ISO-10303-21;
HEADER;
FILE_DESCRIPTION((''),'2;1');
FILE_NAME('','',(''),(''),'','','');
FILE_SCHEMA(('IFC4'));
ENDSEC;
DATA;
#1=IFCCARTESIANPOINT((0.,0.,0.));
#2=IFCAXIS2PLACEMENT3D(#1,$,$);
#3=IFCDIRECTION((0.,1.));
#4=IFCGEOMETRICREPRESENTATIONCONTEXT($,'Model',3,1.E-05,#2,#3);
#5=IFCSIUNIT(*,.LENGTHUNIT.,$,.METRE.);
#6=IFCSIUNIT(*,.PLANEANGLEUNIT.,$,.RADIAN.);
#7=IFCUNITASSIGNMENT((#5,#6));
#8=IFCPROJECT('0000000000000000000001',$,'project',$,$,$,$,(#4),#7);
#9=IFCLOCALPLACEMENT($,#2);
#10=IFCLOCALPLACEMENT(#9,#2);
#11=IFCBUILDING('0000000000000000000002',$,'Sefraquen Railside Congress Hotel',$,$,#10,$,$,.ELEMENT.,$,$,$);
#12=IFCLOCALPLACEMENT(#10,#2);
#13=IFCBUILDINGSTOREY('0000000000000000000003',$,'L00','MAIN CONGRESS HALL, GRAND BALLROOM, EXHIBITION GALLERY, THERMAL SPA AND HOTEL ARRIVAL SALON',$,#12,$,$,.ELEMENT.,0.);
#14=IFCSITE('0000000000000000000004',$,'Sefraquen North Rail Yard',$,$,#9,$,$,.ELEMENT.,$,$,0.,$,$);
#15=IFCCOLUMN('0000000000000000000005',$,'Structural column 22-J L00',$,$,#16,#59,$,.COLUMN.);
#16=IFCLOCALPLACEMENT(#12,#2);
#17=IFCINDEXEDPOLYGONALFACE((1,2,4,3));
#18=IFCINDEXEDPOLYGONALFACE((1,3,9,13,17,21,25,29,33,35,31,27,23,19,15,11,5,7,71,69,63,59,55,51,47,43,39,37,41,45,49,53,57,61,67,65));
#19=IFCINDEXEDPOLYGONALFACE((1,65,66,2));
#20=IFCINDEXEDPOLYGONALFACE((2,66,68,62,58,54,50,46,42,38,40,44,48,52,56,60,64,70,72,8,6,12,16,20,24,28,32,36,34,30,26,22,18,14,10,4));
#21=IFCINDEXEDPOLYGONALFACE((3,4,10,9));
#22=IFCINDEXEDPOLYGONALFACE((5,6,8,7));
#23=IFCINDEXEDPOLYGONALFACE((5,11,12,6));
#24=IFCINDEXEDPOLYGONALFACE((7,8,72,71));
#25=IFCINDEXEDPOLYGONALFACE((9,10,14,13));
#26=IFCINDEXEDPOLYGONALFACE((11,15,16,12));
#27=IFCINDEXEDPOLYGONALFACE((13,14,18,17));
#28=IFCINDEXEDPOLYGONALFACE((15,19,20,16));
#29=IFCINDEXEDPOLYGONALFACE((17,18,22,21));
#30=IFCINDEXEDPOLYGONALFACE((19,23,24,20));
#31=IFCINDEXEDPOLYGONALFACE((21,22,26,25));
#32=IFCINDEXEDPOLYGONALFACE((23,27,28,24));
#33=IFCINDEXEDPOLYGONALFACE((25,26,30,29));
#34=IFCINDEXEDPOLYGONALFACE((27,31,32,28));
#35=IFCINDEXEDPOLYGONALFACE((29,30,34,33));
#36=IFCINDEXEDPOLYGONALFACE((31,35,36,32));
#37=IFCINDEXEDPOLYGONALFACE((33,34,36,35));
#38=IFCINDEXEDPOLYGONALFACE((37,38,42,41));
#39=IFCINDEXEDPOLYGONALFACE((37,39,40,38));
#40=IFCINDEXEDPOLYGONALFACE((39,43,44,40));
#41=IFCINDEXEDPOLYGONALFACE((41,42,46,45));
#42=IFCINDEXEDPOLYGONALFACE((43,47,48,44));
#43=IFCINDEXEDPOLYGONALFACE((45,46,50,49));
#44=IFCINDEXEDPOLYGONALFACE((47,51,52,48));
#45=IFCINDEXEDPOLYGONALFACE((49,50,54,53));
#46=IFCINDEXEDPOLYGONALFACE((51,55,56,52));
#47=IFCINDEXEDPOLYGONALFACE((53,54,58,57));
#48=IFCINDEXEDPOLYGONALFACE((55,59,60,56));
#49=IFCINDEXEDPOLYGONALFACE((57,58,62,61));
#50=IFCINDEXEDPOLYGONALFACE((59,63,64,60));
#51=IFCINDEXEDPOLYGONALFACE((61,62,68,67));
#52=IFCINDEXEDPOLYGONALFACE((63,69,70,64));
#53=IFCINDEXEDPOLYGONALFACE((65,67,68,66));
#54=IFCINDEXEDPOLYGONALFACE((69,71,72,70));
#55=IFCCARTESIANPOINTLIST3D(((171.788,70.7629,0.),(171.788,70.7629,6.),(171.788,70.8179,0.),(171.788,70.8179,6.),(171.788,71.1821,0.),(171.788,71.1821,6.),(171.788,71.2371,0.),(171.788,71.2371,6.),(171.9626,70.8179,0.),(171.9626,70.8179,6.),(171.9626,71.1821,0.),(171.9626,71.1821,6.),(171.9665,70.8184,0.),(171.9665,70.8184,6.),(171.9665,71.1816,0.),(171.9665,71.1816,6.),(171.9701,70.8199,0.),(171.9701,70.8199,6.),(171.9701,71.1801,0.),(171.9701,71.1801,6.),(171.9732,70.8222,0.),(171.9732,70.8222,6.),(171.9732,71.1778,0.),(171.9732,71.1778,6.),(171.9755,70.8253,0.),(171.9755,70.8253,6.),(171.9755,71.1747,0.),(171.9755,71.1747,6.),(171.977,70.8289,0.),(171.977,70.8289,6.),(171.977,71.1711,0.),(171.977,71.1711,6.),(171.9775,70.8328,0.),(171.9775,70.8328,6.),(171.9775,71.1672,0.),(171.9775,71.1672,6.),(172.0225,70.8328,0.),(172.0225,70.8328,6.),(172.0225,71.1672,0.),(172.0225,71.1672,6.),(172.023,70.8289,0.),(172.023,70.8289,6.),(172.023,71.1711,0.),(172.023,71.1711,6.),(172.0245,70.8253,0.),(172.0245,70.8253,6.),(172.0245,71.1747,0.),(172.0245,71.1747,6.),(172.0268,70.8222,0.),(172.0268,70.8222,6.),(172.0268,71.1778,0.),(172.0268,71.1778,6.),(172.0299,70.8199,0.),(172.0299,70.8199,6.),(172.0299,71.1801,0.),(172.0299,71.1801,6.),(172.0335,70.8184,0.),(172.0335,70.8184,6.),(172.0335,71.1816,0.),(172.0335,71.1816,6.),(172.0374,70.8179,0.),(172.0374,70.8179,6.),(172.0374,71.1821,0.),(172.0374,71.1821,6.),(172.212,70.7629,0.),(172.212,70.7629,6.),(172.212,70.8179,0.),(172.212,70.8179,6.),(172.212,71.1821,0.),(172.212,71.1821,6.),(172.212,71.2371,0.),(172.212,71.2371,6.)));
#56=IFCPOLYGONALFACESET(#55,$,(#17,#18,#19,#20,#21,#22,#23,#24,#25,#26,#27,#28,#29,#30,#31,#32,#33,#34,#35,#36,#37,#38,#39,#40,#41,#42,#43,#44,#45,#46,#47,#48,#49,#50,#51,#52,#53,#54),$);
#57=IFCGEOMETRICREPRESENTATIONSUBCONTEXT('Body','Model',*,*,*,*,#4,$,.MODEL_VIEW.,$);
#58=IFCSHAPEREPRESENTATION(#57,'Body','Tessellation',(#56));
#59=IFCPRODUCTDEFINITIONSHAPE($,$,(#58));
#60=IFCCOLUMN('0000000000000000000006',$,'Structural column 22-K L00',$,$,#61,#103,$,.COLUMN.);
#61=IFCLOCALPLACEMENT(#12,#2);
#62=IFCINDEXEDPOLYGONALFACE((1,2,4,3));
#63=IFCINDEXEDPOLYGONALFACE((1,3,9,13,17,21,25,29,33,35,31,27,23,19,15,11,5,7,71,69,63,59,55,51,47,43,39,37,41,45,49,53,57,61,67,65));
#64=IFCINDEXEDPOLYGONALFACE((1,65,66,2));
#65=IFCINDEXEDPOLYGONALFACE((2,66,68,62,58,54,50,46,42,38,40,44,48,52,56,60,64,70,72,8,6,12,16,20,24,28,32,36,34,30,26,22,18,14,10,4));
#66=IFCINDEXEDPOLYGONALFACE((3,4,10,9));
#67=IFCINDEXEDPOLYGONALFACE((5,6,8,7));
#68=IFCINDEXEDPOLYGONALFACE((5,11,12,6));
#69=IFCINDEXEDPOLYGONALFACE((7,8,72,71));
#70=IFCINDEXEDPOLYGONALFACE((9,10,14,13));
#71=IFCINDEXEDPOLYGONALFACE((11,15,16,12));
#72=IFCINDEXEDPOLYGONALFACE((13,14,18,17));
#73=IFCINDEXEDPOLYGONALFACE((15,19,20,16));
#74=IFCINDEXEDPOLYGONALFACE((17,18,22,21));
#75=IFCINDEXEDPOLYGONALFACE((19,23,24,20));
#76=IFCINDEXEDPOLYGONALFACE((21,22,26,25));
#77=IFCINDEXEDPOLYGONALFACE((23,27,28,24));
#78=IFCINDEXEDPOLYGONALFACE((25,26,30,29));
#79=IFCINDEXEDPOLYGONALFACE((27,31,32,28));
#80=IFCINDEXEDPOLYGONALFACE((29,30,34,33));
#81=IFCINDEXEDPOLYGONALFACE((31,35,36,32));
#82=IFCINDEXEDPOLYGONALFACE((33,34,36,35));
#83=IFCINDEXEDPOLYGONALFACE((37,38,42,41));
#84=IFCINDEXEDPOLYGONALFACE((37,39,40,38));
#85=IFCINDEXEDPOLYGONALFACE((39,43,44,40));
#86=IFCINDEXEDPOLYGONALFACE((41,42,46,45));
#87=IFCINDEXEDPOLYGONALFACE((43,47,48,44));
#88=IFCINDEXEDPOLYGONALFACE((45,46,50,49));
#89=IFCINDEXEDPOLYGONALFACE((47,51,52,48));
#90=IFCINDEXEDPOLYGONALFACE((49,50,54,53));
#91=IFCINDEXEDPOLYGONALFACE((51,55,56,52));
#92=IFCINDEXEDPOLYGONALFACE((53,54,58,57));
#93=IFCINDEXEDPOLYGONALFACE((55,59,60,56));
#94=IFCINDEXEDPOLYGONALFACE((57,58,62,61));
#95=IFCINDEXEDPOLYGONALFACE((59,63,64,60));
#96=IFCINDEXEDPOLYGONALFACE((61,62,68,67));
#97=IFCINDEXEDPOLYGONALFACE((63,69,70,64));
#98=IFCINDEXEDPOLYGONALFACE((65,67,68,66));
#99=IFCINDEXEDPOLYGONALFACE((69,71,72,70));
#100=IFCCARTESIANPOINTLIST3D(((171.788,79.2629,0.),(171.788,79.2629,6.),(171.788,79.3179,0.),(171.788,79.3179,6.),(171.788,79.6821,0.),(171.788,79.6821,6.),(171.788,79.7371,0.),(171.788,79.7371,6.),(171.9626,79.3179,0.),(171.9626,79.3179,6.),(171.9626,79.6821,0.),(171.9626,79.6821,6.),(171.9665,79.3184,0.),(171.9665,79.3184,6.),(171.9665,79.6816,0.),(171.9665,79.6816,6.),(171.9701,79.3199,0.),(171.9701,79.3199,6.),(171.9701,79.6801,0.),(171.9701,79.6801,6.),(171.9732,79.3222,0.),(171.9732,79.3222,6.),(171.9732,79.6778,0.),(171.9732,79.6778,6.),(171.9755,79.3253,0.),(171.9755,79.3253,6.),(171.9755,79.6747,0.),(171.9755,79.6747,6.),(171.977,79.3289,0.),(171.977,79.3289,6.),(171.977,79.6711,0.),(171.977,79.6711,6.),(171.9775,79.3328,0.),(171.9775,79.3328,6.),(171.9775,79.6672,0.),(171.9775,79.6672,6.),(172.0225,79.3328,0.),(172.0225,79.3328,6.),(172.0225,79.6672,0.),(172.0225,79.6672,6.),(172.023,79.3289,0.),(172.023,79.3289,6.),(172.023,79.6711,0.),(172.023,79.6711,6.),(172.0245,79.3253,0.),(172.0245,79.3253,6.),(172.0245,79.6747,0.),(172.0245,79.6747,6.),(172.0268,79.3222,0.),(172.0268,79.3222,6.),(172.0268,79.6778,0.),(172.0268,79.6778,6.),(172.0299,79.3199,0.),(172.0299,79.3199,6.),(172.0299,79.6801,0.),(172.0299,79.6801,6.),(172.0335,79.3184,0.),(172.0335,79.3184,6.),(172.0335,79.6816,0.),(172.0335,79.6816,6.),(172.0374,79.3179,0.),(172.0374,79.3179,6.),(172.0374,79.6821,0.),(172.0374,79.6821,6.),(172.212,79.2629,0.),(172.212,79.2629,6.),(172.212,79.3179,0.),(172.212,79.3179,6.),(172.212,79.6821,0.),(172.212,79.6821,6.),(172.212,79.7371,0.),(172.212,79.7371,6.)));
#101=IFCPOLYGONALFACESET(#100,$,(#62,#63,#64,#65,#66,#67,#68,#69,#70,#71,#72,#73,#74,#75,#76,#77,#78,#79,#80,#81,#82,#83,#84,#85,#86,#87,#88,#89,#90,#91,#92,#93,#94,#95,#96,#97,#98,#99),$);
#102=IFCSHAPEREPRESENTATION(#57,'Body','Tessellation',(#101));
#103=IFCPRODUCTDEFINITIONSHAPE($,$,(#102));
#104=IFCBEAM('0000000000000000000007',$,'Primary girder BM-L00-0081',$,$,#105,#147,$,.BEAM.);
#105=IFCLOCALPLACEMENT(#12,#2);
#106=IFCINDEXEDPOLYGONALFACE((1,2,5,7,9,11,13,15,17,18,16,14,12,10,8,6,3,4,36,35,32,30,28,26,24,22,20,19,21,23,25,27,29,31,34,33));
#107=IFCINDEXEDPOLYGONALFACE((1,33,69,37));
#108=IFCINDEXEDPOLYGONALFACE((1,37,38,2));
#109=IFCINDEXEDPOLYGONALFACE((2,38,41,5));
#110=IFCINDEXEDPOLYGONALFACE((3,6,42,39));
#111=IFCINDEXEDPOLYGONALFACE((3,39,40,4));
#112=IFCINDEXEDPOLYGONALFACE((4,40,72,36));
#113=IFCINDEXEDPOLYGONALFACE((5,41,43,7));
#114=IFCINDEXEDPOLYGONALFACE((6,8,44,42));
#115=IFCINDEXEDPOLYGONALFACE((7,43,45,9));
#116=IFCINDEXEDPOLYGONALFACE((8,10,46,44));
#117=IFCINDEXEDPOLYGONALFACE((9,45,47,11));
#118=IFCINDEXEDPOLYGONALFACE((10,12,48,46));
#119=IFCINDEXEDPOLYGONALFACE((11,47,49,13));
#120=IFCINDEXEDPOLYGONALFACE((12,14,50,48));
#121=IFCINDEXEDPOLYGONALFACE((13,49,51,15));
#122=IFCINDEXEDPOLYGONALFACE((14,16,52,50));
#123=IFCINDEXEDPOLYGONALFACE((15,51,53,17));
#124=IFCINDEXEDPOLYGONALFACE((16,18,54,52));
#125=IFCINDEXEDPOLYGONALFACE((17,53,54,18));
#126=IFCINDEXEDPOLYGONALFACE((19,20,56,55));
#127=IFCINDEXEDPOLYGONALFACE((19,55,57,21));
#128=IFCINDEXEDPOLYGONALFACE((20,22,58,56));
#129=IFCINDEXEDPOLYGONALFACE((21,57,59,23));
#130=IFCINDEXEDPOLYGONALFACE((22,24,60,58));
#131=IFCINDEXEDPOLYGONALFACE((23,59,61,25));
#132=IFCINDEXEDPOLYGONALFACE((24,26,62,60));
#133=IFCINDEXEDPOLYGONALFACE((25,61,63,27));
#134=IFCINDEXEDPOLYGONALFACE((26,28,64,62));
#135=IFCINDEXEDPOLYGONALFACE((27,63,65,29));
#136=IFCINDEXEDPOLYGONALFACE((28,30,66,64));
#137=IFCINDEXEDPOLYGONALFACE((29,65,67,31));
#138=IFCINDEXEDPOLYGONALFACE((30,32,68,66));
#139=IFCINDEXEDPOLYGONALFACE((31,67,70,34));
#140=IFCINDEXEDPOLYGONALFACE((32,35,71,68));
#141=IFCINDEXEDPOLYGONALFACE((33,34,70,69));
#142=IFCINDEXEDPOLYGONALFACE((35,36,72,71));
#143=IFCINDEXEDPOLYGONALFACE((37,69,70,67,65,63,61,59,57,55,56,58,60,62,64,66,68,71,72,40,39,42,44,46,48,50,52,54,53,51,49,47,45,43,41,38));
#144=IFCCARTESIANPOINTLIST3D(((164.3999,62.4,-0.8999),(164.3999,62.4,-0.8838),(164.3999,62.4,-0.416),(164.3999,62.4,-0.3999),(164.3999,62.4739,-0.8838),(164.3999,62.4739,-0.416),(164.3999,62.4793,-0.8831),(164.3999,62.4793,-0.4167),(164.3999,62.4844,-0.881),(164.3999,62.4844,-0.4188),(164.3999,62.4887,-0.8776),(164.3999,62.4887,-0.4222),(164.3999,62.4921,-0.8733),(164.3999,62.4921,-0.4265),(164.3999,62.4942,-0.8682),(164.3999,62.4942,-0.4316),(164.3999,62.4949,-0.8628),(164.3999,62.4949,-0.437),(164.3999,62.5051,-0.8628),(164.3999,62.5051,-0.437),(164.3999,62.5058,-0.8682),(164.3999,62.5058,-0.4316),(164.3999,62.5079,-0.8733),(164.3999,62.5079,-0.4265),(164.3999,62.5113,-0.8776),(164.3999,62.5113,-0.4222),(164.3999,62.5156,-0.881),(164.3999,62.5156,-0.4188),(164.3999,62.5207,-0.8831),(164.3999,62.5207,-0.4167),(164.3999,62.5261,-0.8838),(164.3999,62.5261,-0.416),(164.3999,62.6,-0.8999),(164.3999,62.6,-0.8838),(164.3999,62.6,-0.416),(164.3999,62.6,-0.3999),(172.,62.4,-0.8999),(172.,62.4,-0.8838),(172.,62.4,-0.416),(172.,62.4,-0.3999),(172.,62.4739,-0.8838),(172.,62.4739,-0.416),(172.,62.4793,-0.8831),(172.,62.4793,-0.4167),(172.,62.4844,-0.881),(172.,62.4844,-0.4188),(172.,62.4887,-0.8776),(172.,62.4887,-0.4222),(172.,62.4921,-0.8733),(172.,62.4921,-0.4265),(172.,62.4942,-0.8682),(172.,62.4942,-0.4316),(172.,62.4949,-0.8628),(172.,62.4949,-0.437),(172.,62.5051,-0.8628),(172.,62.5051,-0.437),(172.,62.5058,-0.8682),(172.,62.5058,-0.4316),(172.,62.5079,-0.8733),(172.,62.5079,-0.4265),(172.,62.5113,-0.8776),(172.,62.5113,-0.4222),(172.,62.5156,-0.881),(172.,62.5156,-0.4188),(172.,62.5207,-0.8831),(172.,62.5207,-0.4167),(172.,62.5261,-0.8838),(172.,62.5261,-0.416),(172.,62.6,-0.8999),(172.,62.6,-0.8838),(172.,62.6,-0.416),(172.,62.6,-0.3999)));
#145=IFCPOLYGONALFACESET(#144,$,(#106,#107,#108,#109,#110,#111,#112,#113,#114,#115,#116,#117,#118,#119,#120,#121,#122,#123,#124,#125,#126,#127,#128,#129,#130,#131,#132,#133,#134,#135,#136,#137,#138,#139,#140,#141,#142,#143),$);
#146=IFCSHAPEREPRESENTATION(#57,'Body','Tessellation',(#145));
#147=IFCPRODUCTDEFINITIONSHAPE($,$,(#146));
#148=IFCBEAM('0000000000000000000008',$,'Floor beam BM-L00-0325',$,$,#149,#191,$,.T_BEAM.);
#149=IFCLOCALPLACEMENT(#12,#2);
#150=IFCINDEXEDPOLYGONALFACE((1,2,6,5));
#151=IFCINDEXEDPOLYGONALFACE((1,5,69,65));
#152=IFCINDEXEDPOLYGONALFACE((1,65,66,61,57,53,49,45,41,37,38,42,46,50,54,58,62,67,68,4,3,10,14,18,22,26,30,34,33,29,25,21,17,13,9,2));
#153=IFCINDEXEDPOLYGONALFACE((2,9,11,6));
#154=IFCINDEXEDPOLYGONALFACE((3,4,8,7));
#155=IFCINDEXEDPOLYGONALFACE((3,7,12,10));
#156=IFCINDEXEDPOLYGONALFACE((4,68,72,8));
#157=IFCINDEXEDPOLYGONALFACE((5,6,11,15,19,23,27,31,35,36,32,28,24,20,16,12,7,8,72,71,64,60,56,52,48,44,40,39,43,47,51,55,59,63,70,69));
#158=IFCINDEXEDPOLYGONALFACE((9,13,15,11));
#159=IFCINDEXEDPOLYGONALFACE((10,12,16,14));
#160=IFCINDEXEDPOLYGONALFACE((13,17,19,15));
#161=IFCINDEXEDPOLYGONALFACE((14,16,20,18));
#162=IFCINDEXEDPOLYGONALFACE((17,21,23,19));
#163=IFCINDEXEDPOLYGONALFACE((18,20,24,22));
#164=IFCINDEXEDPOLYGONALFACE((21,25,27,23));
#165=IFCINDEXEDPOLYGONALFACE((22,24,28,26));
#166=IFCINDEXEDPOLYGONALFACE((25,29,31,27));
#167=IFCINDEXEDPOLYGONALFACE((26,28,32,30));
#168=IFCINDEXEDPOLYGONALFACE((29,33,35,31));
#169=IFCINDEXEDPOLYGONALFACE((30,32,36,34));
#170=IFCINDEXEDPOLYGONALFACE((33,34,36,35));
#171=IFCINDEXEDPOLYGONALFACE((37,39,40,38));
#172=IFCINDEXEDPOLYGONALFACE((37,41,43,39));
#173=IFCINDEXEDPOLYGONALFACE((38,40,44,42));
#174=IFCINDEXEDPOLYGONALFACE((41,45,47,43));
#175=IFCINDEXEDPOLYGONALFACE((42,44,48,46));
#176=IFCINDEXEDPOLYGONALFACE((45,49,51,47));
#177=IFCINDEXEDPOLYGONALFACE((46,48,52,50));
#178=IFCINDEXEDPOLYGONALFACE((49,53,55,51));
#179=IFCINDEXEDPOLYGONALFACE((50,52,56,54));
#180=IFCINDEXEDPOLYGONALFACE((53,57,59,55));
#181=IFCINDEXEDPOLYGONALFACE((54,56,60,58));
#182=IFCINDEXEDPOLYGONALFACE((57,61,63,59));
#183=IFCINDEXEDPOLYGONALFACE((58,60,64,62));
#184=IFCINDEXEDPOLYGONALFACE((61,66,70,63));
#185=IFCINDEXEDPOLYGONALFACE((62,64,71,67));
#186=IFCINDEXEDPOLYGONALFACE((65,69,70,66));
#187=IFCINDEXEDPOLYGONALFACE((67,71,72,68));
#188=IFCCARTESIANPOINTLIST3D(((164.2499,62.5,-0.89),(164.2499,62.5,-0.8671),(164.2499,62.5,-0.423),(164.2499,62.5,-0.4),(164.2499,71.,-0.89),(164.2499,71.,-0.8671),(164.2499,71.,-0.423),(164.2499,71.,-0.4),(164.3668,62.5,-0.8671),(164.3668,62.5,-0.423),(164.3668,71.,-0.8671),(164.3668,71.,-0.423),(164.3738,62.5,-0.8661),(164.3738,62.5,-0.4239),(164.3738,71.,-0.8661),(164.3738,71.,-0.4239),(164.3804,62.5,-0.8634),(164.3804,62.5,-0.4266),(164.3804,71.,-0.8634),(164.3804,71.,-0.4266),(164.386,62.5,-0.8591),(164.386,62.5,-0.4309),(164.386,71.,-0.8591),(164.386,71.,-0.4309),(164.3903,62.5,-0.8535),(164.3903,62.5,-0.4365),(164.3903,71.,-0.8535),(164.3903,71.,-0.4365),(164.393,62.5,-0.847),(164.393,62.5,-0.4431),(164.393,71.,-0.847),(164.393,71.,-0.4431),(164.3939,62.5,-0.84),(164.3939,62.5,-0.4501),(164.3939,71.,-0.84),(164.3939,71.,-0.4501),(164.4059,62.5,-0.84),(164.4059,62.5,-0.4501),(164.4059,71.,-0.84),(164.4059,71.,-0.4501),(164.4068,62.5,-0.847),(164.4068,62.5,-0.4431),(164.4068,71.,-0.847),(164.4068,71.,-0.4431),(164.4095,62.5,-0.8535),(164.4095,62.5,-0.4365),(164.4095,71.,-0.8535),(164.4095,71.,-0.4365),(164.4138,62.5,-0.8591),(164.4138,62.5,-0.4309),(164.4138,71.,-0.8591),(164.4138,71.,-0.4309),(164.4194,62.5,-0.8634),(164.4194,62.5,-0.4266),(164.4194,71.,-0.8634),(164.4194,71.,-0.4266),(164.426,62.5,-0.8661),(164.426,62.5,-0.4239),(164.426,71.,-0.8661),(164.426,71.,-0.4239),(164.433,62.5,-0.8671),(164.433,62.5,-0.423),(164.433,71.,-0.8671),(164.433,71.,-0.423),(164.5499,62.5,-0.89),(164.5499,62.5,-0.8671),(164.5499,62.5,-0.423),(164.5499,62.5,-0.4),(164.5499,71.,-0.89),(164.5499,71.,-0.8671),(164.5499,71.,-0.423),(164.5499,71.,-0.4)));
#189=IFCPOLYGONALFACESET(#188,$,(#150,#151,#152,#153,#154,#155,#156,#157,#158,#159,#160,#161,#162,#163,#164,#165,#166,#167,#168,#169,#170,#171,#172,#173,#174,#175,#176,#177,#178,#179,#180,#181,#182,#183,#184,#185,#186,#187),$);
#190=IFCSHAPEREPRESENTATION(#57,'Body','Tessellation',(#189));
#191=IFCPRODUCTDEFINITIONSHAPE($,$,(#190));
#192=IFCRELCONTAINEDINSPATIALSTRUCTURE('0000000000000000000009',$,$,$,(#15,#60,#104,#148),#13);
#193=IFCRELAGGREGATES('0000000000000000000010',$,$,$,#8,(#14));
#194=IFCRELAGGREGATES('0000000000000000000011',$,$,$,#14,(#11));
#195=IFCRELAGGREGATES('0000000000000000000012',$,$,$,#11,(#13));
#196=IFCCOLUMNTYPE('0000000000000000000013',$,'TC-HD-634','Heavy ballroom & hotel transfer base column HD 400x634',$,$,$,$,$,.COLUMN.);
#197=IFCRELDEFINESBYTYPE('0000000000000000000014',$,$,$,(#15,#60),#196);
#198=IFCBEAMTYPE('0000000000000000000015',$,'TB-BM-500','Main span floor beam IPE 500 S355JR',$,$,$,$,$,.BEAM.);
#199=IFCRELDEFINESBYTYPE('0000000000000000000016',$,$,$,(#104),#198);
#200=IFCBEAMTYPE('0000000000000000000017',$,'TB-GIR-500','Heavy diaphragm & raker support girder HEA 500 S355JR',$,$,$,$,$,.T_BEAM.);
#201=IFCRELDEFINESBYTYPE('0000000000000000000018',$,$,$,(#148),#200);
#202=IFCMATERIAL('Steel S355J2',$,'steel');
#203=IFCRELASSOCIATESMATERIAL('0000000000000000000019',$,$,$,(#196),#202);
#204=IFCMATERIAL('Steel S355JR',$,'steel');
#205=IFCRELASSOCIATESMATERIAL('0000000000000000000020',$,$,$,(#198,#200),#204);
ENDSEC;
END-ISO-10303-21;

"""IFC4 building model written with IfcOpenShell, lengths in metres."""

from ifc_helpers import new_model, si_unit, direction, frame, origin, origin_2d, place, context, subcontext, project, spatial, i_section, extrude, material, material_profile, profile_set, type_object, element, save


model = new_model("IFC4")

# Units and contexts
model_context = context("Model", 3, precision=1e-05, world=origin(), true_north=direction((0.0, 1.0)))
body_context = subcontext(model_context, "Body", "Model", "MODEL_VIEW")
ifc_project = project(units=[si_unit("LENGTHUNIT", "METRE"), si_unit("PLANEANGLEUNIT", "RADIAN")], contexts=[model_context])

# Site, building, storey
site_placement = place(None, origin())
site = spatial("IfcSite", under=ifc_project, at=site_placement, Name="Sefraquen North Rail Yard", CompositionType="ELEMENT", RefElevation=0.0)
building_placement = place(site_placement, origin())
building = spatial("IfcBuilding", under=site, at=building_placement, Name="Sefraquen Railside Congress Hotel", CompositionType="ELEMENT")
storey_placement = place(building_placement, origin())
storey = spatial("IfcBuildingStorey", under=building, at=storey_placement, Name="L00", Description="MAIN CONGRESS HALL, GRAND BALLROOM, EXHIBITION GALLERY, THERMAL SPA AND HOTEL ARRIVAL SALON", CompositionType="ELEMENT", Elevation=0.0)

# Columns
ifc_material_1 = material(Name="Steel S355J2", Category="steel")
ifc_material_profile_1 = material_profile(ifc_material_1, i_section(OverallWidth=0.4241, OverallDepth=0.4741, WebThickness=0.0449, FlangeThickness=0.0549, FilletRadius=0.0149, at=origin_2d()), Name="HD 400x634")
ifc_profile_set_1 = profile_set([ifc_material_profile_1], Name="Steel S355J2")
column_type = type_object("IfcColumnType", Name="TC-HD-634", Description="Heavy ballroom & hotel transfer base column HD 400x634", PredefinedType="COLUMN", material=ifc_profile_set_1)
for number, where, z_axis, x_axis, name in (
    (1, (172.0, 71.0, 0.0), (0.0, 0.0, 1.0), (1.0, 0.0, 0.0), "Structural column 22-J L00"),
    (2, (172.0, 79.5, 0.0), (0.0, 0.0, 1.0), (1.0, 0.0, 0.0), "Structural column 22-K L00"),
):
    element("IfcColumn", number, at=place(storey_placement, frame(where, z_axis=z_axis, x_axis=x_axis)), inside=storey, type_object=column_type, Name=name, PredefinedType="COLUMN", context=body_context, shape_type="SweptSolid", body=[
        extrude(i_section(OverallWidth=0.4241, OverallDepth=0.4741, WebThickness=0.0449, FlangeThickness=0.0549, FilletRadius=0.0149, at=origin_2d()), origin(), (0.0, 0.0, 1.0), 6.0),
    ])

# Beams
ifc_material_2 = material(Name="Steel S355JR", Category="steel")
ifc_material_profile_2 = material_profile(ifc_material_2, i_section(OverallWidth=0.2, OverallDepth=0.5, WebThickness=0.0103, FlangeThickness=0.0161, FilletRadius=0.021, at=origin_2d()), Name="IPE 500")
ifc_profile_set_2 = profile_set([ifc_material_profile_2], Name="Steel S355JR")
beam_type_1 = type_object("IfcBeamType", Name="TB-BM-500", Description="Main span floor beam IPE 500 S355JR", PredefinedType="BEAM", material=ifc_profile_set_2)
beam_placement = place(storey_placement, frame((164.3999, 62.5, -0.6499), z_axis=(1.0, 0.0, 0.0), x_axis=(0.0, 1.0, 0.0)))
element("IfcBeam", 3, at=beam_placement, inside=storey, type_object=beam_type_1, Name="Primary girder BM-L00-0081", PredefinedType="BEAM", context=body_context, shape_type="SweptSolid", body=[
    extrude(i_section(OverallWidth=0.2, OverallDepth=0.5, WebThickness=0.0103, FlangeThickness=0.0161, FilletRadius=0.021, at=origin_2d()), origin(), (0.0, 0.0, 1.0), 7.6001),
])
ifc_material_profile_3 = material_profile(ifc_material_2, i_section(OverallWidth=0.3, OverallDepth=0.49, WebThickness=0.012, FlangeThickness=0.0229, FilletRadius=0.0271, at=origin_2d()), Name="HEA 500")
ifc_profile_set_3 = profile_set([ifc_material_profile_3], Name="Steel S355JR")
beam_type_2 = type_object("IfcBeamType", Name="TB-GIR-500", Description="Heavy diaphragm & raker support girder HEA 500 S355JR", PredefinedType="T_BEAM", material=ifc_profile_set_3)
for number, where, z_axis, x_axis, name in (
    (4, (164.3999, 62.5, -0.645), (0.0, 1.0, 0.0), (-1.0, 0.0, 0.0), "Floor beam BM-L00-0325"),
):
    element("IfcBeam", number, at=place(storey_placement, frame(where, z_axis=z_axis, x_axis=x_axis)), inside=storey, type_object=beam_type_2, Name=name, PredefinedType="T_BEAM", context=body_context, shape_type="SweptSolid", body=[
        extrude(i_section(OverallWidth=0.3, OverallDepth=0.49, WebThickness=0.012, FlangeThickness=0.0229, FilletRadius=0.0271, at=origin_2d()), origin(), (0.0, 0.0, 1.0), 8.5),
    ])

save(model, "model.ifc")
